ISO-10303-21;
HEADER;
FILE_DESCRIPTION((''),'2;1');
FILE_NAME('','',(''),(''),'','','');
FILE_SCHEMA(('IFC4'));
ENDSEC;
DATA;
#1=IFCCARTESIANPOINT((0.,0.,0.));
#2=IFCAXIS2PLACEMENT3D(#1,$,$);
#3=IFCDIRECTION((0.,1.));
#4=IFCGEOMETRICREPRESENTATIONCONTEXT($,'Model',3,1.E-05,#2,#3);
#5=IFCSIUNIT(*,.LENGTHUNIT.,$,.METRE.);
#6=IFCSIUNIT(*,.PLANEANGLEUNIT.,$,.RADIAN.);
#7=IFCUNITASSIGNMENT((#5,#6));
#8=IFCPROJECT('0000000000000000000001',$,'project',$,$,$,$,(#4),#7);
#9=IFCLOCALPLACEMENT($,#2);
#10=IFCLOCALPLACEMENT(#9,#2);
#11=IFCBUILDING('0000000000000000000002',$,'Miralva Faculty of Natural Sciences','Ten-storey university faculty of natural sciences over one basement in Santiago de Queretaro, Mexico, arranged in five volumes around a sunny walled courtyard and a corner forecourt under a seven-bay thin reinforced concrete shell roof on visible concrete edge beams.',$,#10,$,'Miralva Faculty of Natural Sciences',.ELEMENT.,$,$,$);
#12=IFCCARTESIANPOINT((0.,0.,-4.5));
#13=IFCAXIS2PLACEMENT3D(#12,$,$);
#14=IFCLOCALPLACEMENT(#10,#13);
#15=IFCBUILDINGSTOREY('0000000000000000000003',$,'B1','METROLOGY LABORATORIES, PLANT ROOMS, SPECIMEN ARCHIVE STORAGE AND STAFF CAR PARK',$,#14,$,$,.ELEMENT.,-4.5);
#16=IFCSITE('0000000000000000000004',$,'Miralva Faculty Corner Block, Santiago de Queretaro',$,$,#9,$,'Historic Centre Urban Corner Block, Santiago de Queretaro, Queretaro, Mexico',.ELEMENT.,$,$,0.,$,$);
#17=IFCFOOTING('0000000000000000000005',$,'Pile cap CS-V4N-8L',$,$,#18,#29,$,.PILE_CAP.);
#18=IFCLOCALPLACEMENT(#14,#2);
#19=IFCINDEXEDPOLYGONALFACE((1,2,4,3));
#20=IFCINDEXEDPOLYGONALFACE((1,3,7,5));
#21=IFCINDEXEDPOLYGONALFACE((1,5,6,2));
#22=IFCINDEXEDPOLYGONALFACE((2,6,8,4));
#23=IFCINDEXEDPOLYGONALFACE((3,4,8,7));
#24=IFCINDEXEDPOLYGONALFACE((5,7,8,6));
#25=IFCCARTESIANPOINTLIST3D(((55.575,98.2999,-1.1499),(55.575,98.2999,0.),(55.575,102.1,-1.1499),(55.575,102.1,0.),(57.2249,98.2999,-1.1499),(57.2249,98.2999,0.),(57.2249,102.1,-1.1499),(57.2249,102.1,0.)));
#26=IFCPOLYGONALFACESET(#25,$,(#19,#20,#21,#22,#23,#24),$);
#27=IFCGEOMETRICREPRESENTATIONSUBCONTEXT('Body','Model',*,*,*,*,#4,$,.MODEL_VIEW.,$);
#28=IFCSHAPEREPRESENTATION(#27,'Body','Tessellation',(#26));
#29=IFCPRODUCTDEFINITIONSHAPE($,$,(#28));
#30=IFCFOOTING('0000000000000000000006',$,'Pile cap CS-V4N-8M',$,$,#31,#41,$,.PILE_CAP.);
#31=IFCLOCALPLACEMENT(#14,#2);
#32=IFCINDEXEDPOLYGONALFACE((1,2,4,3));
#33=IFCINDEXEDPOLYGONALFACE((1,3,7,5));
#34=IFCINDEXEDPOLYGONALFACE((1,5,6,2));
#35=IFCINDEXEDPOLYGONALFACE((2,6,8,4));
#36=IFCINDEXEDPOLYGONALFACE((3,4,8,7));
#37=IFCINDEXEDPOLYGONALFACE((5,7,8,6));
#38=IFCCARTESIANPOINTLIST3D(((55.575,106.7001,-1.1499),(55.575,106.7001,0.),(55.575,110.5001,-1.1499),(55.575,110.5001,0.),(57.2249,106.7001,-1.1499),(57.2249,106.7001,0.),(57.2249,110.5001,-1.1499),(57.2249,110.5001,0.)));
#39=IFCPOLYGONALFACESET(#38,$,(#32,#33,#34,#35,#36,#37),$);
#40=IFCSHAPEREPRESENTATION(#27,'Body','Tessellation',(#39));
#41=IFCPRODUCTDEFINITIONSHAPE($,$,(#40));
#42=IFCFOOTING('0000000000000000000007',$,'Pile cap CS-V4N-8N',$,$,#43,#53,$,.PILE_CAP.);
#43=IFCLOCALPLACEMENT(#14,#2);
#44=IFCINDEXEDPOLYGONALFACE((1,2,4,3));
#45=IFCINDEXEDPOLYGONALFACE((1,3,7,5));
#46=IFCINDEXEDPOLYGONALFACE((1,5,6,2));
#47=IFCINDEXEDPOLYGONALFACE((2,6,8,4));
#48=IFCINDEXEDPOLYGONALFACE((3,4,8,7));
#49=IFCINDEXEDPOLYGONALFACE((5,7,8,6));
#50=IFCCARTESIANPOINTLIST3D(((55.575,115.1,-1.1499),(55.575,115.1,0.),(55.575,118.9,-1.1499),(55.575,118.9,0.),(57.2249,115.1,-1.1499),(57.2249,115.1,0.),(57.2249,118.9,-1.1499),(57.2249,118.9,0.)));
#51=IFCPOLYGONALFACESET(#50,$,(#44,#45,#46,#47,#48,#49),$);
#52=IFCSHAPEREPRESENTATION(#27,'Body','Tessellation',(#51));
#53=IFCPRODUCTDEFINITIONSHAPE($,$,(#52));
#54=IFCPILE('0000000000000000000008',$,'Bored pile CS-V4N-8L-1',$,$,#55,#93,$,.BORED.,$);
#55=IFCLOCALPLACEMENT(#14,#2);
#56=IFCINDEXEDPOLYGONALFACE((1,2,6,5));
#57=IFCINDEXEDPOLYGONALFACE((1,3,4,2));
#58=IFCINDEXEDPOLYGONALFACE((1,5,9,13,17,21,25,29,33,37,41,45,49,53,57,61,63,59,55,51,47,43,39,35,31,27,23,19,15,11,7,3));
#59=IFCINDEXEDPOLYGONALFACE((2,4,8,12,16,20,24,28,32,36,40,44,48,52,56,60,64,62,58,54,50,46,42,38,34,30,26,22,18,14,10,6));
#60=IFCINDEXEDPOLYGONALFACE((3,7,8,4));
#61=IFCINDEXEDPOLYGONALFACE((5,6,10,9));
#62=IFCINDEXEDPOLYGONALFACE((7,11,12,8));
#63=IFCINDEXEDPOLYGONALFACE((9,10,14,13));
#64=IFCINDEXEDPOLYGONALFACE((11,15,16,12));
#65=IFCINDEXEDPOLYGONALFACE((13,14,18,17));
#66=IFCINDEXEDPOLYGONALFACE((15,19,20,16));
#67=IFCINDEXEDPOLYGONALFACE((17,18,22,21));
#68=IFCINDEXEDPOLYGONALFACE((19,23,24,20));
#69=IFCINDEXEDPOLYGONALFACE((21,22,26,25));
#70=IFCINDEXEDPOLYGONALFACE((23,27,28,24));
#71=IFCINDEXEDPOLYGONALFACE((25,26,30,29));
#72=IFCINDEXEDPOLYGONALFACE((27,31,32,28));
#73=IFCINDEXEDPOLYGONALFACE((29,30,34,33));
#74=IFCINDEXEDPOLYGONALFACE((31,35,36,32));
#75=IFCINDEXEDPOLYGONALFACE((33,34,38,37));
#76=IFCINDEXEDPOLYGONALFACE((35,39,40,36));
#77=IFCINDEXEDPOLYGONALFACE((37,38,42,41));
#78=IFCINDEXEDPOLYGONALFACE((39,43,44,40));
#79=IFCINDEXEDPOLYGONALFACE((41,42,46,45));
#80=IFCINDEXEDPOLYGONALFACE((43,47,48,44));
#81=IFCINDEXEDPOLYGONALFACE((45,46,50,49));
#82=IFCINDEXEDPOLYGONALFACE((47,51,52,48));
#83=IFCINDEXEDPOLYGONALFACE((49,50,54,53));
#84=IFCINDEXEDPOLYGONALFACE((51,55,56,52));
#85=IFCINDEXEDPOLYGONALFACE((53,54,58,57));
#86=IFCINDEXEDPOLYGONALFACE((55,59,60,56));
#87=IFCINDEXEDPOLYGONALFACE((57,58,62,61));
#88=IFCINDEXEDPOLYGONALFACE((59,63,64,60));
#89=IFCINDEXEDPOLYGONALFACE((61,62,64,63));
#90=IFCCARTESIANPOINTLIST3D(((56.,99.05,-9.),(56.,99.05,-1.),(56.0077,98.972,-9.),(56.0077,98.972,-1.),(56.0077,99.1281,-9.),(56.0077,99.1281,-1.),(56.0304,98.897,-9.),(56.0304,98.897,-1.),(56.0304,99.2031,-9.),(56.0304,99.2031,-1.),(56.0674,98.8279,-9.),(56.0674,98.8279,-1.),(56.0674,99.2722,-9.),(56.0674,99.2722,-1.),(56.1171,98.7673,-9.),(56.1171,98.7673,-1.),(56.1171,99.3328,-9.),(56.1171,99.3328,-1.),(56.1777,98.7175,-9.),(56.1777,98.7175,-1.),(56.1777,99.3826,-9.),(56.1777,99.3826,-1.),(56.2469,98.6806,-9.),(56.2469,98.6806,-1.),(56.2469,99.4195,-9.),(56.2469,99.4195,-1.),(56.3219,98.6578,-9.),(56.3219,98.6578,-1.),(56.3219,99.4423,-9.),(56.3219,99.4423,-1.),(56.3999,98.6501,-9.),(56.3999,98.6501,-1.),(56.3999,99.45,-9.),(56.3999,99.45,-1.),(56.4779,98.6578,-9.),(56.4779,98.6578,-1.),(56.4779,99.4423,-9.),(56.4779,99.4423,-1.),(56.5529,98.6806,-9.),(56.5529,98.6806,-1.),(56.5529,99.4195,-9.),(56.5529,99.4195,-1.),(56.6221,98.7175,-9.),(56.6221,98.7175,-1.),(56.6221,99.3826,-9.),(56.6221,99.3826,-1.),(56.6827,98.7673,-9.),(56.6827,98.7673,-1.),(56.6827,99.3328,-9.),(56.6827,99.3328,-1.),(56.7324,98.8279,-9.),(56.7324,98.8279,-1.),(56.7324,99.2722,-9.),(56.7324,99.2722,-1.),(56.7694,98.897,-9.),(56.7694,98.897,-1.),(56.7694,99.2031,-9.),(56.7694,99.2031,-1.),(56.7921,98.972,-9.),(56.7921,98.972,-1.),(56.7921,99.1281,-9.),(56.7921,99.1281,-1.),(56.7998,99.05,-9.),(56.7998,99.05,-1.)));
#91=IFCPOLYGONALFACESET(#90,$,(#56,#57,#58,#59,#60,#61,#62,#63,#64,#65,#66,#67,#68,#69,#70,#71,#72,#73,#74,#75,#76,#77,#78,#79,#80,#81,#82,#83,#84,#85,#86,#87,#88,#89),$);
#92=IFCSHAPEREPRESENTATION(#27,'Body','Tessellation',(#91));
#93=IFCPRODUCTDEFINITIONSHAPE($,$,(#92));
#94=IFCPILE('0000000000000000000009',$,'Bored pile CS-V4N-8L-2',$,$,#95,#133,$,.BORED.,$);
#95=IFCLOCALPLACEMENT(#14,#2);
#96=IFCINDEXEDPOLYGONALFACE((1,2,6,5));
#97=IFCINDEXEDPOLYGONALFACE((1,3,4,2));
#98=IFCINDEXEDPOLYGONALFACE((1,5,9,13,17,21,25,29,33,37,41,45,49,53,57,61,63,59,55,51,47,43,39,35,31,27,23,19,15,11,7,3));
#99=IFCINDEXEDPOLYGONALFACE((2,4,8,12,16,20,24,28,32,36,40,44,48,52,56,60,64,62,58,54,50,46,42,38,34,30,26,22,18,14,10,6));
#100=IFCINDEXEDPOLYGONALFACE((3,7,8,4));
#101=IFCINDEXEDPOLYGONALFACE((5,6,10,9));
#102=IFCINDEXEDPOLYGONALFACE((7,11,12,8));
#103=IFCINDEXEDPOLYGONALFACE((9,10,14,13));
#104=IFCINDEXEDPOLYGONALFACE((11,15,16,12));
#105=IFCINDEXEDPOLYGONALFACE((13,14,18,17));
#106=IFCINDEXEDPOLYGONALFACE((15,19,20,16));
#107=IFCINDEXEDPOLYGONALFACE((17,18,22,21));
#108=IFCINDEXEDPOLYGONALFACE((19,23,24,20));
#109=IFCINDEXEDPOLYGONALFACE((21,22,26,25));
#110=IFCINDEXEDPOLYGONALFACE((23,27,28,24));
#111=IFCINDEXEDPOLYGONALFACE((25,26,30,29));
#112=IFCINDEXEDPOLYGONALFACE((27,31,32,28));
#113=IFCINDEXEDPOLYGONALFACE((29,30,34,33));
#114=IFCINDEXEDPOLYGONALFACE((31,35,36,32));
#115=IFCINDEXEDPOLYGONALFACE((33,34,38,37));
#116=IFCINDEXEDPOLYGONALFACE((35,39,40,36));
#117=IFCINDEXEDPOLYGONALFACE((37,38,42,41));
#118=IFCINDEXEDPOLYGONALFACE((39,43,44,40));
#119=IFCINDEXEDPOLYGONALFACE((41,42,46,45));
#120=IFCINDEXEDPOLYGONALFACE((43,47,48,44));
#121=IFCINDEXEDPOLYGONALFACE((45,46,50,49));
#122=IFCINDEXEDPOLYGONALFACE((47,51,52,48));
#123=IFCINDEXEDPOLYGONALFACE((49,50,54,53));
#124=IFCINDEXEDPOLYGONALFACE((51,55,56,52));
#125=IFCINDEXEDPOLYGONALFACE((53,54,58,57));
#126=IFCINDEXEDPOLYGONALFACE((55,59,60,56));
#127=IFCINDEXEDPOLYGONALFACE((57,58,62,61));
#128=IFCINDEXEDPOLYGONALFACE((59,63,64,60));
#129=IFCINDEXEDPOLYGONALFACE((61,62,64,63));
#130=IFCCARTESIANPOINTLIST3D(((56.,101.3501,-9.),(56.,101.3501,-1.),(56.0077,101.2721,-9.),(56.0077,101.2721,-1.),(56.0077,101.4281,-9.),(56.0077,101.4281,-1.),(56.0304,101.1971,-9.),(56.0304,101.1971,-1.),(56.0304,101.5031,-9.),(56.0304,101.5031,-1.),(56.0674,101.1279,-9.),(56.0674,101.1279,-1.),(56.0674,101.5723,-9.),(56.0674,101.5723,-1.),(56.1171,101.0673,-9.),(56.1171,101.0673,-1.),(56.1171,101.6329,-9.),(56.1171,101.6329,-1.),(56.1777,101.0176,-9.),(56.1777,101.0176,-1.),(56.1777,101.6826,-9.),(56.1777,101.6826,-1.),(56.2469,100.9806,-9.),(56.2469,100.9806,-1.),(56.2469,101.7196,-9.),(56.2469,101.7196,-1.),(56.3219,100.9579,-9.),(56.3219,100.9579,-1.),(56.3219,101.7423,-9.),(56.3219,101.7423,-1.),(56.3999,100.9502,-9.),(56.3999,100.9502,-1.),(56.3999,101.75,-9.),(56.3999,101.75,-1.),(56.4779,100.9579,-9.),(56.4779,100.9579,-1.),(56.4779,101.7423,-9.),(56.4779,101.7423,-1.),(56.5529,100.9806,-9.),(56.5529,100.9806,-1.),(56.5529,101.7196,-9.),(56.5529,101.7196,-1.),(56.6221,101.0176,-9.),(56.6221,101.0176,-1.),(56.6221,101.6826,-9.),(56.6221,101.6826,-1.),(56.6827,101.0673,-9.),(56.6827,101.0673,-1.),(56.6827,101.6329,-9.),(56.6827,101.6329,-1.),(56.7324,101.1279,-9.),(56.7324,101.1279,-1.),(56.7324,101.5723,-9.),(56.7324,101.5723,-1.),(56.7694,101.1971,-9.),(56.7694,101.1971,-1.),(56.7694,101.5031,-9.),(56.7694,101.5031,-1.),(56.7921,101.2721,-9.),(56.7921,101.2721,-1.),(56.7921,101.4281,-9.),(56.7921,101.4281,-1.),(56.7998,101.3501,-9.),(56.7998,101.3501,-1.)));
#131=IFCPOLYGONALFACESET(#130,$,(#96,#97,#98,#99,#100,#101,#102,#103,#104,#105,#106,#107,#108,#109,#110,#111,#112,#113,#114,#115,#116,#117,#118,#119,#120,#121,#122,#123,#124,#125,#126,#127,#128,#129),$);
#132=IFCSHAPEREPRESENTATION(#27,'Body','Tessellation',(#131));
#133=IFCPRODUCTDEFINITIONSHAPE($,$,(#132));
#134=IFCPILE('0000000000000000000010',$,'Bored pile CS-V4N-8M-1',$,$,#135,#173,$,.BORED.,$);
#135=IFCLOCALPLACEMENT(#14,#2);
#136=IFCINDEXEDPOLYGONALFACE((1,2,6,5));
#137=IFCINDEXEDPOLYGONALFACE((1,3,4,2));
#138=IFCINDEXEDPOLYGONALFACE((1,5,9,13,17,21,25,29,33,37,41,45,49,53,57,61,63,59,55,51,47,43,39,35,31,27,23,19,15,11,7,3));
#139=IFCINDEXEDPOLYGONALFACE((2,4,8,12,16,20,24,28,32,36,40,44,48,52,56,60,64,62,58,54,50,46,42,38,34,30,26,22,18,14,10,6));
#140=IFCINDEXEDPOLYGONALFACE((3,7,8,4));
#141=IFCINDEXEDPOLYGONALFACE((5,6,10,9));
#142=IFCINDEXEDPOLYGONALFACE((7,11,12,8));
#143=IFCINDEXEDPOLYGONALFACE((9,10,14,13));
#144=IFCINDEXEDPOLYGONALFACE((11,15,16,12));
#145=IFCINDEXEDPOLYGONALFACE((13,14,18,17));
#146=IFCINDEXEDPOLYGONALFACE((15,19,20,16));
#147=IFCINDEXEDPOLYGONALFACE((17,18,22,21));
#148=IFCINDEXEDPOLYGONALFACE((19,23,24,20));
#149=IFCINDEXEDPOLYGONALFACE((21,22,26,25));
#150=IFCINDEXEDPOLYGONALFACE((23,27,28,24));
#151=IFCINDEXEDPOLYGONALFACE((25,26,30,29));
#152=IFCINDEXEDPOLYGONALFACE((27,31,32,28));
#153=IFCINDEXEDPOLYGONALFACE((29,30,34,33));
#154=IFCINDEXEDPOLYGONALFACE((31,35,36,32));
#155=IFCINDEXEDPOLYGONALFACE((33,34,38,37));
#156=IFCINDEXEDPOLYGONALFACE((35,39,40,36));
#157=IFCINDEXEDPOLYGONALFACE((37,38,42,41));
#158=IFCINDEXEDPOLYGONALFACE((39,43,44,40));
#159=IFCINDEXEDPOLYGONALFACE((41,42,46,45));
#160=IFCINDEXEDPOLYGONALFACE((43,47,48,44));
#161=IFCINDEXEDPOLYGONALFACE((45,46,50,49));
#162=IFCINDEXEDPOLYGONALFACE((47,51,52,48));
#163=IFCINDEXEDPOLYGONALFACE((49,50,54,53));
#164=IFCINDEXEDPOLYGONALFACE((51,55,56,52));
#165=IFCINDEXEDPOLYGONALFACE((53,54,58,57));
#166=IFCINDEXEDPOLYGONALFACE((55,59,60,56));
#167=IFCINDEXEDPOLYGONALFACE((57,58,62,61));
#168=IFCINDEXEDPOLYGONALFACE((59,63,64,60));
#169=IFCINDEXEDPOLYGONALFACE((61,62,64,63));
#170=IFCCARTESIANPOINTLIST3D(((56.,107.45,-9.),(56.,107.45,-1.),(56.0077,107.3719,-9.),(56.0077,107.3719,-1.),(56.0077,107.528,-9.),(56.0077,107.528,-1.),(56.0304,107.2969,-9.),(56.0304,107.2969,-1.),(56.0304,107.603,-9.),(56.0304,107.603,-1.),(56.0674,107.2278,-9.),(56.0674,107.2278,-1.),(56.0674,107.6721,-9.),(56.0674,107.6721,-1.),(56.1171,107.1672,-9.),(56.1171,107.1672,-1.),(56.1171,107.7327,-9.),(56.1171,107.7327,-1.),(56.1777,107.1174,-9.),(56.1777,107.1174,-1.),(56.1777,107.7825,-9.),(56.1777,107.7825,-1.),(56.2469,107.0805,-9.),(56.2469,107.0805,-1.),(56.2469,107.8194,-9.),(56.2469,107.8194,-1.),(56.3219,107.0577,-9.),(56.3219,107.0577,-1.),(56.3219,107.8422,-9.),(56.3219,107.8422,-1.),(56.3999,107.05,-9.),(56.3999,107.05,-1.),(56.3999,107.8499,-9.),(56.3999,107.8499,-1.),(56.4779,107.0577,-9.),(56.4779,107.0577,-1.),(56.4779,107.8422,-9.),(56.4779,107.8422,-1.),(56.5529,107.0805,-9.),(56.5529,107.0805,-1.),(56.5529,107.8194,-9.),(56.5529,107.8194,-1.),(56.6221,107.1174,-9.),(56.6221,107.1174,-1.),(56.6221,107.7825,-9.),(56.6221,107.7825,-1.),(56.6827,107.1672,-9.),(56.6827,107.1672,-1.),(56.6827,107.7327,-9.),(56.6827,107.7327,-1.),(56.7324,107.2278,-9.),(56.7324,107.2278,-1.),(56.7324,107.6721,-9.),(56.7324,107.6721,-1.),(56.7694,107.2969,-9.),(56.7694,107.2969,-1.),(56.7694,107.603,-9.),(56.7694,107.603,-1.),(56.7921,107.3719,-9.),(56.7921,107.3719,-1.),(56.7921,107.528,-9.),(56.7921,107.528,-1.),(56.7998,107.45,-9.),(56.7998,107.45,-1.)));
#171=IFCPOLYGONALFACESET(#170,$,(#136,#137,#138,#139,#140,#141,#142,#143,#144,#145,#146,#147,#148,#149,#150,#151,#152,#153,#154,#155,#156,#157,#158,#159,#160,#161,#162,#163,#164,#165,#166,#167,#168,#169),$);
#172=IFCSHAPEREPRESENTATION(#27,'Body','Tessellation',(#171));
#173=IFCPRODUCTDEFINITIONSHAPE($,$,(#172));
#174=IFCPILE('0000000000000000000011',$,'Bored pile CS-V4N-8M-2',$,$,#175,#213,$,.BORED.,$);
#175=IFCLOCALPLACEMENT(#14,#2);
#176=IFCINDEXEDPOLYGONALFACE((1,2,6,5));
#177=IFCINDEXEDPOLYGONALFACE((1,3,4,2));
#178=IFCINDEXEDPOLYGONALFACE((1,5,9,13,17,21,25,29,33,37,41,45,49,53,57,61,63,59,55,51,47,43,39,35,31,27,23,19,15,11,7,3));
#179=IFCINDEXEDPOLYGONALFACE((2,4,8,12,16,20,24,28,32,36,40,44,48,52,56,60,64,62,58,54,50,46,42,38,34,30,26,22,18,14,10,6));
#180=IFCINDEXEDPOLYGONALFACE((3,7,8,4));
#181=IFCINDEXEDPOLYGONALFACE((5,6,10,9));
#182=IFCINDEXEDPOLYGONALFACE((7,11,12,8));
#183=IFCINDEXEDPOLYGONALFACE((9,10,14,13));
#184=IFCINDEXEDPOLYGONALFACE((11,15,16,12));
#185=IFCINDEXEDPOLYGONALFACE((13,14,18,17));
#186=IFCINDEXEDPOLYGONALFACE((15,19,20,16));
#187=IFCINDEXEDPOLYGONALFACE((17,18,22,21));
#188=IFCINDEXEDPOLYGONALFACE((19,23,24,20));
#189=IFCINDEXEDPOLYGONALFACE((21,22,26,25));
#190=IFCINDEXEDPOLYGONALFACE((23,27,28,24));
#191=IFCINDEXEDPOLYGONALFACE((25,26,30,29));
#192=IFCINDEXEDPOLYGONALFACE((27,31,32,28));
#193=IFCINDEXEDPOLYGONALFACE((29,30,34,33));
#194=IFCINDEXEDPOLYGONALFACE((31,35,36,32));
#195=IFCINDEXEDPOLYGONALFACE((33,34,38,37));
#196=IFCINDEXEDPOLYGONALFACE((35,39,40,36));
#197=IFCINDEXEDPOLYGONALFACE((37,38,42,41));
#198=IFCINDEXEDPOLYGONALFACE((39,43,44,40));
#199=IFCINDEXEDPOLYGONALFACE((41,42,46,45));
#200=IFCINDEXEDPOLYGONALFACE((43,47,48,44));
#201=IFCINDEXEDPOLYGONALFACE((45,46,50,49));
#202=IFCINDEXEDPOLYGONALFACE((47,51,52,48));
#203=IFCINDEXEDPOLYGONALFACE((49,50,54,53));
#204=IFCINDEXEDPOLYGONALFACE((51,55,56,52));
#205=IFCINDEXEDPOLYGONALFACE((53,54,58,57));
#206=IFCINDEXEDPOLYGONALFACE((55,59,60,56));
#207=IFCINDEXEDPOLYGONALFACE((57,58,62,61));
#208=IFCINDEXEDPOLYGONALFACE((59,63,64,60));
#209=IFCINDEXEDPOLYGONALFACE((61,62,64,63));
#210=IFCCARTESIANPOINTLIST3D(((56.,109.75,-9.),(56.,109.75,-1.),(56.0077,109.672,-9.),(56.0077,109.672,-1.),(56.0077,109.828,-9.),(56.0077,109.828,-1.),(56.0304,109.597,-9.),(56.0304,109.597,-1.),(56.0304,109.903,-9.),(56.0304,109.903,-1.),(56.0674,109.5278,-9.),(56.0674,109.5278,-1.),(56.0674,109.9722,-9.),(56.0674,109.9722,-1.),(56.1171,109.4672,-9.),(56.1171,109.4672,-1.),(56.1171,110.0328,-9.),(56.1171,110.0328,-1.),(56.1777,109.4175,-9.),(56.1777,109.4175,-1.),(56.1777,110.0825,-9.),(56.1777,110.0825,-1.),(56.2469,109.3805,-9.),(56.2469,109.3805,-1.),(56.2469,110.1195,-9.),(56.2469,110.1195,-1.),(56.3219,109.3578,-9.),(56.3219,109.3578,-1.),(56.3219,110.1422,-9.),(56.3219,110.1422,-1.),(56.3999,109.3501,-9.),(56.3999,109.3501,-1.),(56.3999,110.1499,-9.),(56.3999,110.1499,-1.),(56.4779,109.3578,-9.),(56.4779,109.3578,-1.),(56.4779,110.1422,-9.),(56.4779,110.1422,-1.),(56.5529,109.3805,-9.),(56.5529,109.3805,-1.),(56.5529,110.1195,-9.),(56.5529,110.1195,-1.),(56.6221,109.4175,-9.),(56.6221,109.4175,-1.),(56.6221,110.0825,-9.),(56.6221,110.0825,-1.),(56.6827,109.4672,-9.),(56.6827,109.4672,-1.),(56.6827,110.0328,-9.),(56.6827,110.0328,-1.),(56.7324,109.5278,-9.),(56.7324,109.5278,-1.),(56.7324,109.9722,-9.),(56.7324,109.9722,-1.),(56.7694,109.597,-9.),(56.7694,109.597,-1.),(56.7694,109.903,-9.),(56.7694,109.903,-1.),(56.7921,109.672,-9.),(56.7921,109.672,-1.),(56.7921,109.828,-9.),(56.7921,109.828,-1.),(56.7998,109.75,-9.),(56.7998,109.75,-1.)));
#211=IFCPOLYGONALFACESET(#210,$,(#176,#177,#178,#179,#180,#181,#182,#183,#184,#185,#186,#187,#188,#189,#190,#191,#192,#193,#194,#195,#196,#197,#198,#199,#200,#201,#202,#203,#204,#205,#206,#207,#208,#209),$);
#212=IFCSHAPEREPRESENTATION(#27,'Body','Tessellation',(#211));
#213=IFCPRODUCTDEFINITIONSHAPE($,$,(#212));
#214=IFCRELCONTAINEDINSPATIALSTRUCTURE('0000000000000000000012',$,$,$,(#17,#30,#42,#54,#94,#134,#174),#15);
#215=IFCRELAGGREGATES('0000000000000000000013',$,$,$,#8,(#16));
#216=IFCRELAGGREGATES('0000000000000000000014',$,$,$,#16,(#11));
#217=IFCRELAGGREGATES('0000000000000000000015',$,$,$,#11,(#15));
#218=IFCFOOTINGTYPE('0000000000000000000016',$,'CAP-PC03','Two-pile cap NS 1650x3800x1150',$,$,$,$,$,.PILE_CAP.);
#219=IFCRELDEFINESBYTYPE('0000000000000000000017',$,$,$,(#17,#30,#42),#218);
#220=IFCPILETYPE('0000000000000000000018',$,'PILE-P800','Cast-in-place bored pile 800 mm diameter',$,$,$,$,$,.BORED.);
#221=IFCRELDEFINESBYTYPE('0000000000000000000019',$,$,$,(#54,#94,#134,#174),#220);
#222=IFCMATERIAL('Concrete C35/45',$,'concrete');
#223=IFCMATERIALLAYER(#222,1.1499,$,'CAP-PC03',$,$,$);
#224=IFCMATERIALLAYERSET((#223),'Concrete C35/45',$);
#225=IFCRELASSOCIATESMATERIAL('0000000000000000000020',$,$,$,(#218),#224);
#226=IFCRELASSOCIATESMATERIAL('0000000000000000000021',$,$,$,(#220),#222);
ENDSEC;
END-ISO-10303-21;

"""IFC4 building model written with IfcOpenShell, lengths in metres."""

from ifc_helpers import new_model, si_unit, direction, frame, origin, origin_2d, place, context, subcontext, project, spatial, rectangle, circle, extrude, material, layer, layer_set, material_profile, profile_set, type_object, element, save


model = new_model("IFC4")

# Units and contexts
model_context = context("Model", 3, precision=1e-05, world=origin(), true_north=direction((0.0, 1.0)))
body_context = subcontext(model_context, "Body", "Model", "MODEL_VIEW")
ifc_project = project(units=[si_unit("LENGTHUNIT", "METRE"), si_unit("PLANEANGLEUNIT", "RADIAN")], contexts=[model_context])

# Site, building, storey
site_placement = place(None, origin())
site = spatial("IfcSite", under=ifc_project, at=site_placement, Name="Miralva Faculty Corner Block, Santiago de Queretaro", LongName="Historic Centre Urban Corner Block, Santiago de Queretaro, Queretaro, Mexico", CompositionType="ELEMENT", RefElevation=0.0)
building_placement = place(site_placement, origin())
building = spatial("IfcBuilding", under=site, at=building_placement, Name="Miralva Faculty of Natural Sciences", Description="Ten-storey university faculty of natural sciences over one basement in Santiago de Queretaro, Mexico, arranged in five volumes around a sunny walled courtyard and a corner forecourt under a seven-bay thin reinforced concrete shell roof on visible concrete edge beams.", LongName="Miralva Faculty of Natural Sciences", CompositionType="ELEMENT")
storey_placement = place(building_placement, frame((0.0, 0.0, -4.5)))
storey = spatial("IfcBuildingStorey", under=building, at=storey_placement, Name="B1", Description="METROLOGY LABORATORIES, PLANT ROOMS, SPECIMEN ARCHIVE STORAGE AND STAFF CAR PARK", CompositionType="ELEMENT", Elevation=-4.5)

# Footings
ifc_material_1 = material(Name="Concrete C35/45", Category="concrete")
ifc_layer_1 = layer(ifc_material_1, 1.1499, Name="CAP-PC03")
ifc_layer_set_1 = layer_set([ifc_layer_1], Name="Concrete C35/45")
footing_type_1 = type_object("IfcFootingType", Name="CAP-PC03", Description="Two-pile cap NS 1650x3800x1150", PredefinedType="PILE_CAP", material=ifc_layer_set_1)
for number, where, z_axis, x_axis, name in (
    (1, (56.3999, 100.2, -1.1499), (0.0, 0.0, 1.0), (1.0, 0.0, 0.0), "Pile cap CS-V4N-8L"),
    (2, (56.3999, 108.6001, -1.1499), (0.0, 0.0, 1.0), (1.0, 0.0, 0.0), "Pile cap CS-V4N-8M"),
    (3, (56.3999, 117.0, -1.1499), (0.0, 0.0, 1.0), (1.0, 0.0, 0.0), "Pile cap CS-V4N-8N"),
):
    element("IfcFooting", number, at=place(storey_placement, frame(where, z_axis=z_axis, x_axis=x_axis)), inside=storey, type_object=footing_type_1, Name=name, PredefinedType="PILE_CAP", context=body_context, shape_type="SweptSolid", body=[
        extrude(rectangle(XDim=1.6499, YDim=3.8, at=origin_2d()), origin(), (0.0, 0.0, 1.0), 1.1499),
    ])

# Piles
ifc_material_profile_1 = material_profile(ifc_material_1, circle(Radius=0.3999, at=origin_2d()), Name="BORED PILE 800")
ifc_profile_set_1 = profile_set([ifc_material_profile_1], Name="Concrete C35/45")
pile_type = type_object("IfcPileType", Name="PILE-P800", Description="Cast-in-place bored pile 800 mm diameter", PredefinedType="BORED", material=ifc_profile_set_1)
for number, where, z_axis, x_axis, name in (
    (4, (56.3999, 99.05, -1.0), (0.0, 0.0, -1.0), (1.0, 0.0, 0.0), "Bored pile CS-V4N-8L-1"),
    (5, (56.3999, 101.3501, -1.0), (0.0, 0.0, -1.0), (1.0, 0.0, 0.0), "Bored pile CS-V4N-8L-2"),
    (6, (56.3999, 107.45, -1.0), (0.0, 0.0, -1.0), (1.0, 0.0, 0.0), "Bored pile CS-V4N-8M-1"),
    (7, (56.3999, 109.75, -1.0), (0.0, 0.0, -1.0), (1.0, 0.0, 0.0), "Bored pile CS-V4N-8M-2"),
):
    element("IfcPile", number, at=place(storey_placement, frame(where, z_axis=z_axis, x_axis=x_axis)), inside=storey, type_object=pile_type, Name=name, PredefinedType="BORED", context=body_context, shape_type="SweptSolid", body=[
        extrude(circle(Radius=0.3999, at=origin_2d()), origin(), (0.0, 0.0, 1.0), 8.0),
    ])

save(model, "model.ifc")
